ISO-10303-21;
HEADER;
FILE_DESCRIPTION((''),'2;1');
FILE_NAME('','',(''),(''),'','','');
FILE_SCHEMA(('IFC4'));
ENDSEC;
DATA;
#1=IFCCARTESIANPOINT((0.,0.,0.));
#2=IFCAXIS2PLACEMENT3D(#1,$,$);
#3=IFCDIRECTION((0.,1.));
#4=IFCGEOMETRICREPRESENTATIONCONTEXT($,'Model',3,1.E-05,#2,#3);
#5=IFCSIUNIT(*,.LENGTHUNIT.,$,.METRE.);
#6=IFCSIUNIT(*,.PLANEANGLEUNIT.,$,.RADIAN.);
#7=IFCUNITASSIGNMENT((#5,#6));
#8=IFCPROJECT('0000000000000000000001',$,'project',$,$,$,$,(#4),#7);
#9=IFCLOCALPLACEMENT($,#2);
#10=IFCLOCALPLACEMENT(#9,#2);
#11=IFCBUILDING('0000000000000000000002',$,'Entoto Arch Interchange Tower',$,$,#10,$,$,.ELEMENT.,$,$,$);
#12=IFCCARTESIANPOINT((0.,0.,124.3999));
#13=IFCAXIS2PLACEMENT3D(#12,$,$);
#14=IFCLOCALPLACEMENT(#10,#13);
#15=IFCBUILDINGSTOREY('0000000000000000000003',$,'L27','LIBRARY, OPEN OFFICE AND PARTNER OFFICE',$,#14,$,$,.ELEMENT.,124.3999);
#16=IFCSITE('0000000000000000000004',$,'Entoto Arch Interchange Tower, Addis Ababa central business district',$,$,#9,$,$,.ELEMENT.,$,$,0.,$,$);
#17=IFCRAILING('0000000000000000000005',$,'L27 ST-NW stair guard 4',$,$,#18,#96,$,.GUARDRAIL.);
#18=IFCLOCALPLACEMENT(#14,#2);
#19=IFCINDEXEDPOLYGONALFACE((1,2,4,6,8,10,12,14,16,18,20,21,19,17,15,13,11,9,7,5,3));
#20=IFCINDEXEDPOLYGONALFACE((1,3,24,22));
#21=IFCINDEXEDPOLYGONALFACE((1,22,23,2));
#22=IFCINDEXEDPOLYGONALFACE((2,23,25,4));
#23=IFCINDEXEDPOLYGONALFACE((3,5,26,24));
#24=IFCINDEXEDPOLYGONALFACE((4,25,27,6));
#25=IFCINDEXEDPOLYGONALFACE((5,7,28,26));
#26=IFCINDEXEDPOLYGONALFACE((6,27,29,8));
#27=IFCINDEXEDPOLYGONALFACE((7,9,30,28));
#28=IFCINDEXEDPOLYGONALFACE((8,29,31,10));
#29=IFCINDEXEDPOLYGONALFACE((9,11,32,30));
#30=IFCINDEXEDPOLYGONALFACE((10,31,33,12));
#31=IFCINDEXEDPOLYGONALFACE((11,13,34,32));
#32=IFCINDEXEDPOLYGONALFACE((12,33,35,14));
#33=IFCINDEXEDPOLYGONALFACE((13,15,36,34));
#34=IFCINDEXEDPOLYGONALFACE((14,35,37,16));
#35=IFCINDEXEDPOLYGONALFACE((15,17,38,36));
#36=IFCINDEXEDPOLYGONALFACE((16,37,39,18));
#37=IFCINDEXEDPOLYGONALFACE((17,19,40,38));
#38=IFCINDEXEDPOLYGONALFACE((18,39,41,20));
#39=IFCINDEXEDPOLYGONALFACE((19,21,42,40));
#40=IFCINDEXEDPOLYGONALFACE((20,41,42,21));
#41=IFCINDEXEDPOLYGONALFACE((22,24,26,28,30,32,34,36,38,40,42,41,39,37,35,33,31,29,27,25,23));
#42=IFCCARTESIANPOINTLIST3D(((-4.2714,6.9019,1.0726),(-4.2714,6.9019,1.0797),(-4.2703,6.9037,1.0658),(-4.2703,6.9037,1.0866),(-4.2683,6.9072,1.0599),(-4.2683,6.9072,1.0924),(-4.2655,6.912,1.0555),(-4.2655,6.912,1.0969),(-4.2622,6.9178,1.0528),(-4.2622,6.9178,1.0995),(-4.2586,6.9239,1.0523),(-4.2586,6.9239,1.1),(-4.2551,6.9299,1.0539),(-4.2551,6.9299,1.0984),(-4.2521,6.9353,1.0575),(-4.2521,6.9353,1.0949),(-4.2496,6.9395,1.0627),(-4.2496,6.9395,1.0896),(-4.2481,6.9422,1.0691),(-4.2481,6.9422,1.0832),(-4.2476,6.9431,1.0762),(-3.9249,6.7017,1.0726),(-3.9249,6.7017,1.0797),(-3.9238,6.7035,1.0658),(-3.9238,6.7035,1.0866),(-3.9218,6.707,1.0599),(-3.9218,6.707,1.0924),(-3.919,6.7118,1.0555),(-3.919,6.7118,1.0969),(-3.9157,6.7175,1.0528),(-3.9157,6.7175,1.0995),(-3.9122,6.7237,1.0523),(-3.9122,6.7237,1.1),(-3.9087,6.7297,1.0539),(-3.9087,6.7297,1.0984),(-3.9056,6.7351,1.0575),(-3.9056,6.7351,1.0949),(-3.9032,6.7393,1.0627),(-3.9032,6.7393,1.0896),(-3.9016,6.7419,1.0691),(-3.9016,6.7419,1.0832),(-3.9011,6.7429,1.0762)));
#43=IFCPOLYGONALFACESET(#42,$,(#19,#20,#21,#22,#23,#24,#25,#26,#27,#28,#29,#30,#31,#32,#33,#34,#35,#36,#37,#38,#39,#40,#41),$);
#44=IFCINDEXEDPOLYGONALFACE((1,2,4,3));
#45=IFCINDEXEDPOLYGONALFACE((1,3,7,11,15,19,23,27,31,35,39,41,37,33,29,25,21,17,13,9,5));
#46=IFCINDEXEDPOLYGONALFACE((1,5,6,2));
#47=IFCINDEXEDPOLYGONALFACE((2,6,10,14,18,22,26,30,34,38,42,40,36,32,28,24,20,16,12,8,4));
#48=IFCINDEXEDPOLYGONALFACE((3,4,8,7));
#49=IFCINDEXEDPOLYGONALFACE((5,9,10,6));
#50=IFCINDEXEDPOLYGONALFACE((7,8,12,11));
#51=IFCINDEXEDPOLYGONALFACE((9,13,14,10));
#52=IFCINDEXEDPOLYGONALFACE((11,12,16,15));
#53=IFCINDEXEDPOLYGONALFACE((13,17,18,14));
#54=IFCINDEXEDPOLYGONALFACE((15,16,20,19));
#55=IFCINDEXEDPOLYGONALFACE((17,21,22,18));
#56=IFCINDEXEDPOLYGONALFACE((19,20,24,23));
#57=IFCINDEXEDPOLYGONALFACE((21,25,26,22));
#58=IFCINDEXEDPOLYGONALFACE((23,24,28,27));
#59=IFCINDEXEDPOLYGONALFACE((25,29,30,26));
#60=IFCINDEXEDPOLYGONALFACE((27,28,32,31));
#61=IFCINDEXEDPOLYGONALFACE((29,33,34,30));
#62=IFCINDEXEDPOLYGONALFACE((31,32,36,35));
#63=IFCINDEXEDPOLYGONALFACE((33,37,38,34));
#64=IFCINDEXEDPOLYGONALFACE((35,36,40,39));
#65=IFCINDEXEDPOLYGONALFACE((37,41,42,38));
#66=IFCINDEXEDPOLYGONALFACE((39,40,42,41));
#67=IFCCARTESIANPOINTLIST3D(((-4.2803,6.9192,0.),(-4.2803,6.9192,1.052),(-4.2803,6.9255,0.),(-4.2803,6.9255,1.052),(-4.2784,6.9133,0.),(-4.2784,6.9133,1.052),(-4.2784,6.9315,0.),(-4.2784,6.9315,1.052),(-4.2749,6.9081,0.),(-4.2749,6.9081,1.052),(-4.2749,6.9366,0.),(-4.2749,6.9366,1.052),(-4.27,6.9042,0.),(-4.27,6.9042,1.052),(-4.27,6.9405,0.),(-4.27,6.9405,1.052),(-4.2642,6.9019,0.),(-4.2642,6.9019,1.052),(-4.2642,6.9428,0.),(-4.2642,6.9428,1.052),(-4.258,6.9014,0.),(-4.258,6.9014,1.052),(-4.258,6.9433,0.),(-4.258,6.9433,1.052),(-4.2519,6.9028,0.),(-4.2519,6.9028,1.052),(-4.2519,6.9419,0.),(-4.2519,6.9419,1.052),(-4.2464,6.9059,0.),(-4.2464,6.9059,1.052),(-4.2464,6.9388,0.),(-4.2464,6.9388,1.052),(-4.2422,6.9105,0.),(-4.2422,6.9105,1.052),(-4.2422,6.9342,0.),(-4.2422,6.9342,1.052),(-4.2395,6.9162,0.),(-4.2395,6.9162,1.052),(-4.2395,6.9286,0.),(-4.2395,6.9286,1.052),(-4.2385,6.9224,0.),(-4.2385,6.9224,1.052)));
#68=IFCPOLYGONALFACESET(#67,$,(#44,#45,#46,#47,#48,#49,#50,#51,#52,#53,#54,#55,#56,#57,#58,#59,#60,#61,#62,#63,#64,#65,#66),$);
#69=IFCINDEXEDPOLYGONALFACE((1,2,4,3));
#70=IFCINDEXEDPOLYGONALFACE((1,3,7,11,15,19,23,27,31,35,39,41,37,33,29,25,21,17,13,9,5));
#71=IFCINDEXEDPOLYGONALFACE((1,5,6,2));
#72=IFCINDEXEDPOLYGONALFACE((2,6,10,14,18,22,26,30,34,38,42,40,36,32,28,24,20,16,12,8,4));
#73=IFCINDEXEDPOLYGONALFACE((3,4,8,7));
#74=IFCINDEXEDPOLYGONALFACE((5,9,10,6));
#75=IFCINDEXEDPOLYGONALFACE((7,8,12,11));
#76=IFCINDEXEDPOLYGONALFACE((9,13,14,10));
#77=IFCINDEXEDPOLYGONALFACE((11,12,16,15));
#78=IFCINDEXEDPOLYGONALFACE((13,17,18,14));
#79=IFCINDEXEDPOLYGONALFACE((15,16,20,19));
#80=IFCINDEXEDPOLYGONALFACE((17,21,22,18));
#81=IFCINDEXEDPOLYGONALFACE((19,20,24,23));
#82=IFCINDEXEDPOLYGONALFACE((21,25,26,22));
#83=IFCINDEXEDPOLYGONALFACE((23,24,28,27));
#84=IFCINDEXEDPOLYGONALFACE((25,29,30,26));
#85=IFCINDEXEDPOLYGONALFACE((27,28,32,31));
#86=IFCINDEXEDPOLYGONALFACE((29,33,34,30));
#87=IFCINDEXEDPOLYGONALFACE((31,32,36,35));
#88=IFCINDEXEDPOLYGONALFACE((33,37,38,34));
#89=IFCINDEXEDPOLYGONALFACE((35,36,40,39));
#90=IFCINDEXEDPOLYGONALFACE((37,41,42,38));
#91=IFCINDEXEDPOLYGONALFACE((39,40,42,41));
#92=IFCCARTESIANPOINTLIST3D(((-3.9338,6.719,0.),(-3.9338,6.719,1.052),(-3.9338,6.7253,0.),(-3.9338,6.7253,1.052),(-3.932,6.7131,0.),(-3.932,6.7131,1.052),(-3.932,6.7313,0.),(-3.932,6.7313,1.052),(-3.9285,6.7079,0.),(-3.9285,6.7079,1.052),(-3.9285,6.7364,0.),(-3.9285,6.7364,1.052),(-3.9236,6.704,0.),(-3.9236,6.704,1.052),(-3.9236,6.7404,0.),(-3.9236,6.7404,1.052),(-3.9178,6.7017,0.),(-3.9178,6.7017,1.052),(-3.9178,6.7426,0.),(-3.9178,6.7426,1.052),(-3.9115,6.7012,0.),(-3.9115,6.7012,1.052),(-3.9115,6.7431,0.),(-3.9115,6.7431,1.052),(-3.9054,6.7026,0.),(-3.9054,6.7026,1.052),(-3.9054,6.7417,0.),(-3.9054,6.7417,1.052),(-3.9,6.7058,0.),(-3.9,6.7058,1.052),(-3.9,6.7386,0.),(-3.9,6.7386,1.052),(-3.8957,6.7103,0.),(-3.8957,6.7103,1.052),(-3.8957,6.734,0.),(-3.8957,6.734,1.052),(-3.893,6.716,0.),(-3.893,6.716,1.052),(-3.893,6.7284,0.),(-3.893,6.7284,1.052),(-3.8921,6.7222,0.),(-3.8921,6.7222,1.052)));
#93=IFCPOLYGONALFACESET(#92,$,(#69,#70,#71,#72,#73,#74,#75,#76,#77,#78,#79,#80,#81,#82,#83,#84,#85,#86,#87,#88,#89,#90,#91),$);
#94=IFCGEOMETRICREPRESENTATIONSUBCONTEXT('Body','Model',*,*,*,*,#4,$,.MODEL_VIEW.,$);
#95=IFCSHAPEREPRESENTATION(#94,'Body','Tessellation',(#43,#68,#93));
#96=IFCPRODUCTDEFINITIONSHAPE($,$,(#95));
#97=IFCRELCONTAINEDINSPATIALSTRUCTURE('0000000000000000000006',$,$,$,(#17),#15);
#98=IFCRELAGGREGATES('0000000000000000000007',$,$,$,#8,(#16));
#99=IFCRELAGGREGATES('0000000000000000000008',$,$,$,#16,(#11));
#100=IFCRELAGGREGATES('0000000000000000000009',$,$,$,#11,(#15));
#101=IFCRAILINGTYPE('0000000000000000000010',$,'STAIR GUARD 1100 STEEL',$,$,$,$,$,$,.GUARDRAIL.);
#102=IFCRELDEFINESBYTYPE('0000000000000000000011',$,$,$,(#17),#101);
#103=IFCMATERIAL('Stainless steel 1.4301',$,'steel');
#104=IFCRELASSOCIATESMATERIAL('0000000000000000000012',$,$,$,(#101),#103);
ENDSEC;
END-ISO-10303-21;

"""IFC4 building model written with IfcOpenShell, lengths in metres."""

from ifc_helpers import new_model, si_unit, direction, frame, origin, origin_2d, place, context, subcontext, project, spatial, circle, extrude, material, type_object, element, save


model = new_model("IFC4")

# Units and contexts
model_context = context("Model", 3, precision=1e-05, world=origin(), true_north=direction((0.0, 1.0)))
body_context = subcontext(model_context, "Body", "Model", "MODEL_VIEW")
ifc_project = project(units=[si_unit("LENGTHUNIT", "METRE"), si_unit("PLANEANGLEUNIT", "RADIAN")], contexts=[model_context])

# Site, building, storey
site_placement = place(None, origin())
site = spatial("IfcSite", under=ifc_project, at=site_placement, Name="Entoto Arch Interchange Tower, Addis Ababa central business district", CompositionType="ELEMENT", RefElevation=0.0)
building_placement = place(site_placement, origin())
building = spatial("IfcBuilding", under=site, at=building_placement, Name="Entoto Arch Interchange Tower", CompositionType="ELEMENT")
storey_placement = place(building_placement, frame((0.0, 0.0, 124.3999)))
storey = spatial("IfcBuildingStorey", under=building, at=storey_placement, Name="L27", Description="LIBRARY, OPEN OFFICE AND PARTNER OFFICE", CompositionType="ELEMENT", Elevation=124.3999)

# Railing
ifc_material_1 = material(Name="Stainless steel 1.4301", Category="steel")
railing_type = type_object("IfcRailingType", Name="STAIR GUARD 1100 STEEL", PredefinedType="GUARDRAIL", material=ifc_material_1)
railing_1_placement = place(storey_placement, frame((-4.2595, 6.9224, 0.0)))
element("IfcRailing", 1, at=railing_1_placement, inside=storey, type_object=railing_type, Name="L27 ST-NW stair guard 4", PredefinedType="GUARDRAIL", context=body_context, shape_type="SweptSolid", body=[
    extrude(circle(Radius=0.0239, at=origin_2d()), frame((0.0, 0.0, 1.0762), z_axis=(0.86583, -0.500339, 0.0), x_axis=(0.500339, 0.86583, 0.0)), (0.0, 0.0, 1.0), 0.4001),
    extrude(circle(Radius=0.021, at=origin_2d()), origin(), (0.0, 0.0, 1.0), 1.052),
    extrude(circle(Radius=0.021, at=origin_2d()), frame((0.3464, -0.2002, 0.0)), (0.0, 0.0, 1.0), 1.052),
])

save(model, "model.ifc")
